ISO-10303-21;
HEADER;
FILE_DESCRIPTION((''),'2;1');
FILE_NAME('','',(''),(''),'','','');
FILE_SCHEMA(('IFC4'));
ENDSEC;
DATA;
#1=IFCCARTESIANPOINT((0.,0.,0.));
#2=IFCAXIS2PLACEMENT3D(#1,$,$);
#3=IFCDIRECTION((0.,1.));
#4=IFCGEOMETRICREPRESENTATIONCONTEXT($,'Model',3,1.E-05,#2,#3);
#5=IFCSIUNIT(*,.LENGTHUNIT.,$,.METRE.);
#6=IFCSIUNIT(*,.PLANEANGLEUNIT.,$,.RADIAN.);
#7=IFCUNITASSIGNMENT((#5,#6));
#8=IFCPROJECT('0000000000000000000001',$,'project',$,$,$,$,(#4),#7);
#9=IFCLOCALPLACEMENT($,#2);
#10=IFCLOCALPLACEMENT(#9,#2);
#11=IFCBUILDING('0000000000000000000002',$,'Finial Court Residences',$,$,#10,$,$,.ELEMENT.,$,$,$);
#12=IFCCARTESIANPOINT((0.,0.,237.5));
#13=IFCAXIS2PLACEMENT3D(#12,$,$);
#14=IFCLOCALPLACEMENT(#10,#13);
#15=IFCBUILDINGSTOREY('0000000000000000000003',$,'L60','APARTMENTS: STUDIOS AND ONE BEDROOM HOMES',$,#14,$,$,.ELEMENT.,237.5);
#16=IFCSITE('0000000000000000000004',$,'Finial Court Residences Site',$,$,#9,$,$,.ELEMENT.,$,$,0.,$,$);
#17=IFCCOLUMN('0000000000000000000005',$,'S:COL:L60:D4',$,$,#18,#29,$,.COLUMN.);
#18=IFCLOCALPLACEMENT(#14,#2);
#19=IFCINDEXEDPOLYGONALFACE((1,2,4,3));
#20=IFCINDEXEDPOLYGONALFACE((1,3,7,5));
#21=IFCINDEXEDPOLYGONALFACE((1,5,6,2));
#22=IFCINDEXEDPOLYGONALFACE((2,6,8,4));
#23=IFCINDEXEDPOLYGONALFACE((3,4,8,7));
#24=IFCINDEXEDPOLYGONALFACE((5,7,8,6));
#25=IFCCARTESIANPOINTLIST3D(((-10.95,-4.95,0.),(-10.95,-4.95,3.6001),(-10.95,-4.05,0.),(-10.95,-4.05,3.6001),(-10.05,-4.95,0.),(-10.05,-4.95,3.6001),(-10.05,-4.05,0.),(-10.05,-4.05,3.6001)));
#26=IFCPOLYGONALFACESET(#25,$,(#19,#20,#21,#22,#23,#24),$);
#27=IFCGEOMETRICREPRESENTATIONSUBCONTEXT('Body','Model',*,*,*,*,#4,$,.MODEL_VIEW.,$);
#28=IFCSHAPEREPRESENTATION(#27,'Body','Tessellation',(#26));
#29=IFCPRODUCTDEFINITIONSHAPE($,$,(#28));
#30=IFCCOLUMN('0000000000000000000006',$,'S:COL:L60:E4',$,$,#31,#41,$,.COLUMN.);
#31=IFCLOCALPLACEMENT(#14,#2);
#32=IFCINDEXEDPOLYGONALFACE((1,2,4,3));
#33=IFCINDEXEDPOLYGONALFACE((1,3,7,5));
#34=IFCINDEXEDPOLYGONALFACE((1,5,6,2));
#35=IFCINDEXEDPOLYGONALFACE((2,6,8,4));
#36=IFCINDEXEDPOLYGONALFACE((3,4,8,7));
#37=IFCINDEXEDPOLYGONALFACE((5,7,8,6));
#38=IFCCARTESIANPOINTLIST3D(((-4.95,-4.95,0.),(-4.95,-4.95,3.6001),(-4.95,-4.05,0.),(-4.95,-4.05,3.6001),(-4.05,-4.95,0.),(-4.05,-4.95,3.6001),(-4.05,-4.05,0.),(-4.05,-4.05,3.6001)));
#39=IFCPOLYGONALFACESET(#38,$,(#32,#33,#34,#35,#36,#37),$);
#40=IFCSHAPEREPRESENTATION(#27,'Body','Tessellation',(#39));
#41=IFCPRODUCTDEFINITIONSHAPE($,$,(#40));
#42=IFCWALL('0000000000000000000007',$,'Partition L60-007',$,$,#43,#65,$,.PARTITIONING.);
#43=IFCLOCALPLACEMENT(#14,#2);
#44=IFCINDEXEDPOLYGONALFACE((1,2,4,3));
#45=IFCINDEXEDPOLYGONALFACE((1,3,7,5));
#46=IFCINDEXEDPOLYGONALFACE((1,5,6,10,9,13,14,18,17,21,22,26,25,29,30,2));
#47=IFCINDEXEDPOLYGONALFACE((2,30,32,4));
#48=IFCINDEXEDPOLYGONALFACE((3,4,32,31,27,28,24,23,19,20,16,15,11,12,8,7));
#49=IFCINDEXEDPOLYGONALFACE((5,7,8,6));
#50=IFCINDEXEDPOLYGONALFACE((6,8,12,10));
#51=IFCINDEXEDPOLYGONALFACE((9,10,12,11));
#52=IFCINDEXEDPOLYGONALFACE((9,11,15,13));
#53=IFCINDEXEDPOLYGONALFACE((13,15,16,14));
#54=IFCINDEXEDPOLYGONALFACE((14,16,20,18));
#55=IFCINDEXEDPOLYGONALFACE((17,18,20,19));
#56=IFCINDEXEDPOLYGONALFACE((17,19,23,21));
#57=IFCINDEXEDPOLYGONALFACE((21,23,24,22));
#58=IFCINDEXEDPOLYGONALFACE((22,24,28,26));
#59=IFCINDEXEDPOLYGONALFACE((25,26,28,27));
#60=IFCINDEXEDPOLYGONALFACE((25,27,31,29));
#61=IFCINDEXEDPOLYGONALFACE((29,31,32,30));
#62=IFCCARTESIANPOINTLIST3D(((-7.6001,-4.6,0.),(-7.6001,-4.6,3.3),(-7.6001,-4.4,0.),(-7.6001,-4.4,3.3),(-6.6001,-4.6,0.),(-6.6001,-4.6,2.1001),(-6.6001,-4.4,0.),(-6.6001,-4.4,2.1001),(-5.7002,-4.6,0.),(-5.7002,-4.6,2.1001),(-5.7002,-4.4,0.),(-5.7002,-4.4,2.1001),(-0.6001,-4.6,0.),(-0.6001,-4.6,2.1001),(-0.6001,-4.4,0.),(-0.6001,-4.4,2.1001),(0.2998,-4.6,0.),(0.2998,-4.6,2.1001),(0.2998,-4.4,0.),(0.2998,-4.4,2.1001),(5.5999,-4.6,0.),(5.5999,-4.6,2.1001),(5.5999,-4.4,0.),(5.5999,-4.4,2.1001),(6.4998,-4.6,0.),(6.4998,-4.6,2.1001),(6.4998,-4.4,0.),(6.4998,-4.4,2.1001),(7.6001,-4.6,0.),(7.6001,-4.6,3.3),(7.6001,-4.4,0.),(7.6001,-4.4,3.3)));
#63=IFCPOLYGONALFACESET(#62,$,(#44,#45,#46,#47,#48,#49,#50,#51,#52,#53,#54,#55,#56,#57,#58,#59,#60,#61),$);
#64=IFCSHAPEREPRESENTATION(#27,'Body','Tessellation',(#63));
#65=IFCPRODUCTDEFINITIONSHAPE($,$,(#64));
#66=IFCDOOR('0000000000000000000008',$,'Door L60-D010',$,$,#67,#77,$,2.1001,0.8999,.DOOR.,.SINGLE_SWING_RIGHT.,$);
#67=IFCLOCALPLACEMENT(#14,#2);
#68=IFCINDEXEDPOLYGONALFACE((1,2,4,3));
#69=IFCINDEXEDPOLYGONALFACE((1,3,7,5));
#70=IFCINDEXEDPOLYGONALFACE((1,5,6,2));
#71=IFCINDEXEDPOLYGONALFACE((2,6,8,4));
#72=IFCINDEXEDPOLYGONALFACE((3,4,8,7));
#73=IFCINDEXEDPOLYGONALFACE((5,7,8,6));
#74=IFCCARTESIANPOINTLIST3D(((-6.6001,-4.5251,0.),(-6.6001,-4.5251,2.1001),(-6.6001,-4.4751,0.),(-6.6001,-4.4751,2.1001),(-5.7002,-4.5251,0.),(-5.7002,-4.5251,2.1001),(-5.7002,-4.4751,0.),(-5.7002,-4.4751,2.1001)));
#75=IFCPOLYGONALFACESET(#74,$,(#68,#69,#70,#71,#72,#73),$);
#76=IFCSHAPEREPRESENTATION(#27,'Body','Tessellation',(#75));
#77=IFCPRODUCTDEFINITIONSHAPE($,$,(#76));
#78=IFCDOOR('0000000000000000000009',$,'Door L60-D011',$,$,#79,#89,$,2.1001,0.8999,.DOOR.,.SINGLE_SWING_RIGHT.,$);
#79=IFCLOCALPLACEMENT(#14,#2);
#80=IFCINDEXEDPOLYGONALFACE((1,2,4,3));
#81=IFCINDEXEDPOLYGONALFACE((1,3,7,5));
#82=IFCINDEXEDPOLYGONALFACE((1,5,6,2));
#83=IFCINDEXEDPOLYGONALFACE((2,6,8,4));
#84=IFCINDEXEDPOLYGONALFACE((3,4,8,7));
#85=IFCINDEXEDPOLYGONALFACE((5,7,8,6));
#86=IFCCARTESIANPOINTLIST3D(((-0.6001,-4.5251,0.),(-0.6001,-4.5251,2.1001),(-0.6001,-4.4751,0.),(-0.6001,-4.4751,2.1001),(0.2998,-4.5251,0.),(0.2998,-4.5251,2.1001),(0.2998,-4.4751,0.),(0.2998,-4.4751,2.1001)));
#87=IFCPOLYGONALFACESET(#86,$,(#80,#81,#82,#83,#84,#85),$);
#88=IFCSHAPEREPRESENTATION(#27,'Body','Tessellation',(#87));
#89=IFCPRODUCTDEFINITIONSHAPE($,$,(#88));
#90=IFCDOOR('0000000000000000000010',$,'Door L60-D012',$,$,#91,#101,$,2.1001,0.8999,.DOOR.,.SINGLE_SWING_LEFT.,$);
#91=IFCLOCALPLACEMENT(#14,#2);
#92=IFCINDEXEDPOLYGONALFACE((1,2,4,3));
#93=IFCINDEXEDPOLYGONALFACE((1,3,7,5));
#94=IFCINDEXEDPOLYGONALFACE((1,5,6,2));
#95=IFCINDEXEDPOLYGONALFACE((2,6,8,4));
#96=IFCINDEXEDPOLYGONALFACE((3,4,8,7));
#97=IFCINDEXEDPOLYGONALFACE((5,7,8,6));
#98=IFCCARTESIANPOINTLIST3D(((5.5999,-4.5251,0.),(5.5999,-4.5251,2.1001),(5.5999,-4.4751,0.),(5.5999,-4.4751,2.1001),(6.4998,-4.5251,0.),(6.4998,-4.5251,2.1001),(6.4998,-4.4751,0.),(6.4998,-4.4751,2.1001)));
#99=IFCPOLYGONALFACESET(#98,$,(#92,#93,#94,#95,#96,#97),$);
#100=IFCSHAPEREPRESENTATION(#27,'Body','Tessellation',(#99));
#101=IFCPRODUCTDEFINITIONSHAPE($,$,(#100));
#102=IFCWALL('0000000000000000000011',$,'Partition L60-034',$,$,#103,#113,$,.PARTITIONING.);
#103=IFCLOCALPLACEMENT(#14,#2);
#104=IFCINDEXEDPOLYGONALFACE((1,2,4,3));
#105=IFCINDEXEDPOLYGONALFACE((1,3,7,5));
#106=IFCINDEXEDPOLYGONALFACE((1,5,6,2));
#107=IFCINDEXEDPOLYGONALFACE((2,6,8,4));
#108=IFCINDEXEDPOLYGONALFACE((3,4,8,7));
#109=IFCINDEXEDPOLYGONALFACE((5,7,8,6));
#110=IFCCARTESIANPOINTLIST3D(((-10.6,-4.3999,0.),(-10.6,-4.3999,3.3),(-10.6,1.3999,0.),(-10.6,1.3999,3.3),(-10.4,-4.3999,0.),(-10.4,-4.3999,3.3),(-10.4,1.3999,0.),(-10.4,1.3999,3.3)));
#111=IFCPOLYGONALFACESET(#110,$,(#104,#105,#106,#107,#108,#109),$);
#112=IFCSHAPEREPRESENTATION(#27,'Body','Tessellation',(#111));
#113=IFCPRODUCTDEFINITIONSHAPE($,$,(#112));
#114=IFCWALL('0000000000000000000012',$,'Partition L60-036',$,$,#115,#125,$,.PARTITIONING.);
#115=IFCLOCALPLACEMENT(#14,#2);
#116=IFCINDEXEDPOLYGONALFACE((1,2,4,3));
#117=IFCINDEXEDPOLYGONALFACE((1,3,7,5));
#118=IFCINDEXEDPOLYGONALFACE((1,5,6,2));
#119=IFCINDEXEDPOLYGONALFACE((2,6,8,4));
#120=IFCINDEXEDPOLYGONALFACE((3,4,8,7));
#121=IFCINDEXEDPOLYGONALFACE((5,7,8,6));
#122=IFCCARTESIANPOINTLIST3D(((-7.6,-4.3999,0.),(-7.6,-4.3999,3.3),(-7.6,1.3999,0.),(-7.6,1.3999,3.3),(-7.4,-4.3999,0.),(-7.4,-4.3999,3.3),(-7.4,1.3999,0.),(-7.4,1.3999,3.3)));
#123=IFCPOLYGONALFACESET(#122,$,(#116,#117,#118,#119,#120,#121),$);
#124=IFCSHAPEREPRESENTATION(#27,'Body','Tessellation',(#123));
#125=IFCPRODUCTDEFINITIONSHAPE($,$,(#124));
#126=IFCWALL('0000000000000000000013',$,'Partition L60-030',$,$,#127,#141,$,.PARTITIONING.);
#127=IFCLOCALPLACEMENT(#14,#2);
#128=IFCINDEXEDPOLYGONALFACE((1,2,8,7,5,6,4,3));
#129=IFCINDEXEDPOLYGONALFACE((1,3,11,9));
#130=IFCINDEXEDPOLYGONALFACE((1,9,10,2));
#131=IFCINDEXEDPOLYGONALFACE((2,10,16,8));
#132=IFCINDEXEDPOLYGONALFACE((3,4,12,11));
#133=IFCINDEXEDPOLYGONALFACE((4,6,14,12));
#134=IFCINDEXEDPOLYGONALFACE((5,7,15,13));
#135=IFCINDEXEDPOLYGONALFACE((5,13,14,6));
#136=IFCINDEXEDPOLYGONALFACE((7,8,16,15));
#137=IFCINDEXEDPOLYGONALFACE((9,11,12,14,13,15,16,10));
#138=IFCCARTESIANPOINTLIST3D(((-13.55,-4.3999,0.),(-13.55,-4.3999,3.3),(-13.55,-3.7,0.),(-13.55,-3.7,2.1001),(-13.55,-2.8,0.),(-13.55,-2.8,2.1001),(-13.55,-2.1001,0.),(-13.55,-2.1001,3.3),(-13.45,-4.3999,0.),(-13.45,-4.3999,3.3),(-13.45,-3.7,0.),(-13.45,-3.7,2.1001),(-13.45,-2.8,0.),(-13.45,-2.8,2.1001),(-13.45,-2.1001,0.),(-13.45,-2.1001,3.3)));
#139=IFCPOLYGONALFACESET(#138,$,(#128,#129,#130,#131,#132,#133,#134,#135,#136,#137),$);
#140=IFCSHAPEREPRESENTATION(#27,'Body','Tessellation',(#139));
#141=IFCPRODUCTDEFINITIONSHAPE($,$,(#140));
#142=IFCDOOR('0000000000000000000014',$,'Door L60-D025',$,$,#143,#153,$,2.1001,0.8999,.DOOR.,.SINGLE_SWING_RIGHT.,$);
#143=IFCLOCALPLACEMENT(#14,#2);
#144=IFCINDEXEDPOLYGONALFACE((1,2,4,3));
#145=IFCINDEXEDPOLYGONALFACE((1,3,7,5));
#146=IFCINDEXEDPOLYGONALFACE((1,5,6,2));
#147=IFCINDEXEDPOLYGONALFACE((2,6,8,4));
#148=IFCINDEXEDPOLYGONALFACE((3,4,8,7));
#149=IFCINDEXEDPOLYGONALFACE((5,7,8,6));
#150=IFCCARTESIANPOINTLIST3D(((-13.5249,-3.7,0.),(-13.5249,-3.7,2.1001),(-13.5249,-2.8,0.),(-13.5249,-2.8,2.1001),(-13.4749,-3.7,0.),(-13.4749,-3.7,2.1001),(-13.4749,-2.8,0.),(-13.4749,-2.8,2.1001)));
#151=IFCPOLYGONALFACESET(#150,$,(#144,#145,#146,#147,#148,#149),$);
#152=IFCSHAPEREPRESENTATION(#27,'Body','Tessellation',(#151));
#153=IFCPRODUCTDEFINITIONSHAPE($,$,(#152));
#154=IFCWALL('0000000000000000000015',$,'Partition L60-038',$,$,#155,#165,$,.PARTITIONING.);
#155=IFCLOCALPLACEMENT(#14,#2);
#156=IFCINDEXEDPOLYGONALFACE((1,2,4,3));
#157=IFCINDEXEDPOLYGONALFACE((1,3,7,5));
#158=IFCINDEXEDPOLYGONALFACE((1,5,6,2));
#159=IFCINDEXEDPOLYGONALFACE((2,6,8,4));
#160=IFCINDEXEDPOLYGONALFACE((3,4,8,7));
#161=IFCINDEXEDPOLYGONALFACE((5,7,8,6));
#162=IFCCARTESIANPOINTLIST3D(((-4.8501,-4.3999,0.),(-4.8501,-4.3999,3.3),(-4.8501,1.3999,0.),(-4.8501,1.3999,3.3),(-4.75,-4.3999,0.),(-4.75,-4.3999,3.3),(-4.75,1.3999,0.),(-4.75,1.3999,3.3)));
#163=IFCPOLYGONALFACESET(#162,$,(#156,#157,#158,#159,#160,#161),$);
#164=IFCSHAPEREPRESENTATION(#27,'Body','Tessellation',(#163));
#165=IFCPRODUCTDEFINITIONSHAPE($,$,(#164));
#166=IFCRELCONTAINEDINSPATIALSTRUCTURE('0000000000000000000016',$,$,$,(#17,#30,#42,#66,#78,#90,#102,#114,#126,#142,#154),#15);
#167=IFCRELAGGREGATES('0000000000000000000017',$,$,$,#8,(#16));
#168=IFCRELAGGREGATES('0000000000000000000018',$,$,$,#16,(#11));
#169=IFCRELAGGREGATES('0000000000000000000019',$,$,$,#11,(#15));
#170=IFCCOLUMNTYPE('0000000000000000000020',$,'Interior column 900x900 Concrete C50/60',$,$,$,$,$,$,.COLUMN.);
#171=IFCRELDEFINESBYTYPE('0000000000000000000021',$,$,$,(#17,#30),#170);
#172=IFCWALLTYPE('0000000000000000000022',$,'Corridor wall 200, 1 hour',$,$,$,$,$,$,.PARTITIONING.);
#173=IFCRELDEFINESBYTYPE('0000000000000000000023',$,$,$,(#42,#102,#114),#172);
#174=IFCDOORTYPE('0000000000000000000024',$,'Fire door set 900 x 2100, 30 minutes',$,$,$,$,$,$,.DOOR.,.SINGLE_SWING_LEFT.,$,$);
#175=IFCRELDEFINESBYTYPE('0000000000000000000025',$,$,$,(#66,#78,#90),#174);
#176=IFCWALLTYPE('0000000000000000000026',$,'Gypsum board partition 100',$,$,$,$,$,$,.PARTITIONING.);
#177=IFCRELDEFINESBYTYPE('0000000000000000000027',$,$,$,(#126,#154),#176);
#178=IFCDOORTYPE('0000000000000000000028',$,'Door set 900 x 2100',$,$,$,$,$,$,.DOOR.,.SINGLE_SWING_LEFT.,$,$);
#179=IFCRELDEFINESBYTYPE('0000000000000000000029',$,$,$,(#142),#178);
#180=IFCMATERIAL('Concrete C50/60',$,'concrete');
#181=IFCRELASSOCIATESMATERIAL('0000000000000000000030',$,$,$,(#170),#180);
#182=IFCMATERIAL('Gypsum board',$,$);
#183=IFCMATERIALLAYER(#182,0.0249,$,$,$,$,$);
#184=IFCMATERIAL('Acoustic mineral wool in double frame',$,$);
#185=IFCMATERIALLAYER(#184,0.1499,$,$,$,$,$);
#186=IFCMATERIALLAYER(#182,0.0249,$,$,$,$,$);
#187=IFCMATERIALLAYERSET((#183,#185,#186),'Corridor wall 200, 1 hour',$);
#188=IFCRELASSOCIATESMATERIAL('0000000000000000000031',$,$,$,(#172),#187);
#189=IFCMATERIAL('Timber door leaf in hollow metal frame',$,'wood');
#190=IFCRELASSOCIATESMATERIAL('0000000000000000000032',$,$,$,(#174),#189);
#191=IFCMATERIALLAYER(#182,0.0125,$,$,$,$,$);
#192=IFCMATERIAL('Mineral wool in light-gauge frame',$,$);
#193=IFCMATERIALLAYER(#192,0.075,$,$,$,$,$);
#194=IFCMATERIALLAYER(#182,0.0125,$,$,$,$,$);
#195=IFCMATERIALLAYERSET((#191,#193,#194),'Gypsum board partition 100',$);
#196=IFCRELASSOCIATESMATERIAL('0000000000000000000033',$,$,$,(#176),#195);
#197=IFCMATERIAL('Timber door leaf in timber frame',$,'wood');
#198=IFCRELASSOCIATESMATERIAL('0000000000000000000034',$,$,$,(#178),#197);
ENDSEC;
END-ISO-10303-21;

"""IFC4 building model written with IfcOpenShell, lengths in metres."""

from ifc_helpers import new_model, si_unit, direction, frame, frame_2d, origin, origin_2d, place, context, subcontext, project, spatial, rectangle, extrude, material, layer, layer_set, material_profile, profile_set, type_object, element, fill, save


model = new_model("IFC4")

# Units and contexts
model_context = context("Model", 3, precision=1e-05, world=origin(), true_north=direction((0.0, 1.0)))
body_context = subcontext(model_context, "Body", "Model", "MODEL_VIEW")
ifc_project = project(units=[si_unit("LENGTHUNIT", "METRE"), si_unit("PLANEANGLEUNIT", "RADIAN")], contexts=[model_context])

# Site, building, storey
site_placement = place(None, origin())
site = spatial("IfcSite", under=ifc_project, at=site_placement, Name="Finial Court Residences Site", CompositionType="ELEMENT", RefElevation=0.0)
building_placement = place(site_placement, origin())
building = spatial("IfcBuilding", under=site, at=building_placement, Name="Finial Court Residences", CompositionType="ELEMENT")
storey_placement = place(building_placement, frame((0.0, 0.0, 237.5)))
storey = spatial("IfcBuildingStorey", under=building, at=storey_placement, Name="L60", Description="APARTMENTS: STUDIOS AND ONE BEDROOM HOMES", CompositionType="ELEMENT", Elevation=237.5)

# Columns
ifc_material_1 = material(Name="Concrete C50/60", Category="concrete")
ifc_material_profile = material_profile(ifc_material_1, rectangle(XDim=0.8999, YDim=0.8999, at=origin_2d()), Name="900x900")
ifc_profile_set = profile_set([ifc_material_profile], Name="Concrete C50/60")
column_type = type_object("IfcColumnType", Name="Interior column 900x900 Concrete C50/60", PredefinedType="COLUMN", material=ifc_profile_set)
for number, where, z_axis, x_axis, name in (
    (1, (-10.5, -4.5, 0.0), (0.0, 0.0, 1.0), (1.0, 0.0, 0.0), "S:COL:L60:D4"),
    (2, (-4.5, -4.5, 0.0), (0.0, 0.0, 1.0), (1.0, 0.0, 0.0), "S:COL:L60:E4"),
):
    element("IfcColumn", number, at=place(storey_placement, frame(where, z_axis=z_axis, x_axis=x_axis)), inside=storey, type_object=column_type, Name=name, PredefinedType="COLUMN", context=body_context, shape_type="SweptSolid", body=[
        extrude(rectangle(XDim=0.8999, YDim=0.8999, at=origin_2d()), origin(), (0.0, 0.0, 1.0), 3.6001),
    ])

# Wall, openings, doors
ifc_material_2 = material(Name="Gypsum board")
ifc_layer_1 = layer(ifc_material_2, 0.0249)
ifc_material_3 = material(Name="Acoustic mineral wool in double frame")
ifc_layer_2 = layer(ifc_material_3, 0.1499)
ifc_layer_3 = layer(ifc_material_2, 0.0249)
ifc_layer_set_1 = layer_set([ifc_layer_1, ifc_layer_2, ifc_layer_3], Name="Corridor wall 200, 1 hour")
wall_type_1 = type_object("IfcWallType", Name="Corridor wall 200, 1 hour", PredefinedType="PARTITIONING", material=ifc_layer_set_1)
wall_1_placement = place(storey_placement, frame((-7.6001, -4.5, 0.0), z_axis=(0.0, 0.0, 1.0), x_axis=(1.0, 0.0, 0.0)))
wall_1 = element("IfcWall", 3, at=wall_1_placement, inside=storey, type_object=wall_type_1, Name="Partition L60-007", PredefinedType="PARTITIONING", context=body_context, shape_type="SweptSolid", body=[
    extrude(rectangle(XDim=15.2002, YDim=0.2, at=frame_2d((7.6001, 0.0))), origin(), (0.0, 0.0, 1.0), 3.3),
])
opening_1_placement = place(wall_1_placement, frame((1.0, 0.0, 0.0)))
opening_1 = element("IfcOpeningElement", 4, at=opening_1_placement, cuts=wall_1, PredefinedType="OPENING", context=body_context, shape_type="SweptSolid", body=[
    extrude(rectangle(XDim=0.8999, YDim=2.1001, at=frame_2d((0.45, 1.05))), frame((0.0, 0.1099, 0.0), z_axis=(0.0, -1.0, 0.0), x_axis=(1.0, 0.0, 0.0)), (0.0, 0.0, 1.0), 0.22),
])
opening_2_placement = place(wall_1_placement, frame((7.0, 0.0, 0.0)))
opening_2 = element("IfcOpeningElement", 5, at=opening_2_placement, cuts=wall_1, PredefinedType="OPENING", context=body_context, shape_type="SweptSolid", body=[
    extrude(rectangle(XDim=0.8999, YDim=2.1001, at=frame_2d((0.45, 1.05))), frame((0.0, 0.1099, 0.0), z_axis=(0.0, -1.0, 0.0), x_axis=(1.0, 0.0, 0.0)), (0.0, 0.0, 1.0), 0.22),
])
opening_3_placement = place(wall_1_placement, frame((13.2, 0.0, 0.0)))
opening_3 = element("IfcOpeningElement", 6, at=opening_3_placement, cuts=wall_1, PredefinedType="OPENING", context=body_context, shape_type="SweptSolid", body=[
    extrude(rectangle(XDim=0.8999, YDim=2.1001, at=frame_2d((0.45, 1.05))), frame((0.0, 0.1099, 0.0), z_axis=(0.0, -1.0, 0.0), x_axis=(1.0, 0.0, 0.0)), (0.0, 0.0, 1.0), 0.22),
])
ifc_material_4 = material(Name="Timber door leaf in hollow metal frame", Category="wood")
door_type_1 = type_object("IfcDoorType", Name="Fire door set 900 x 2100, 30 minutes", OperationType="SINGLE_SWING_LEFT", PredefinedType="DOOR", material=ifc_material_4)
door_1_placement = place(opening_1_placement, origin())
door_1 = element("IfcDoor", 7, at=door_1_placement, inside=storey, type_object=door_type_1, Name="Door L60-D010", OperationType="SINGLE_SWING_RIGHT", OverallHeight=2.1001, OverallWidth=0.8999, PredefinedType="DOOR", context=body_context, shape_type="SweptSolid", body=[
    extrude(rectangle(XDim=0.8999, YDim=2.1001, at=frame_2d((0.45, 1.05))), frame((0.0, 0.0249, 0.0), z_axis=(0.0, -1.0, 0.0), x_axis=(1.0, 0.0, 0.0)), (0.0, 0.0, 1.0), 0.05),
])
fill(opening_1, door_1)
door_2_placement = place(opening_2_placement, origin())
door_2 = element("IfcDoor", 8, at=door_2_placement, inside=storey, type_object=door_type_1, Name="Door L60-D011", OperationType="SINGLE_SWING_RIGHT", OverallHeight=2.1001, OverallWidth=0.8999, PredefinedType="DOOR", context=body_context, shape_type="SweptSolid", body=[
    extrude(rectangle(XDim=0.8999, YDim=2.1001, at=frame_2d((0.45, 1.05))), frame((0.0, 0.0249, 0.0), z_axis=(0.0, -1.0, 0.0), x_axis=(1.0, 0.0, 0.0)), (0.0, 0.0, 1.0), 0.05),
])
fill(opening_2, door_2)
door_3_placement = place(opening_3_placement, origin())
door_3 = element("IfcDoor", 9, at=door_3_placement, inside=storey, type_object=door_type_1, Name="Door L60-D012", OperationType="SINGLE_SWING_LEFT", OverallHeight=2.1001, OverallWidth=0.8999, PredefinedType="DOOR", context=body_context, shape_type="SweptSolid", body=[
    extrude(rectangle(XDim=0.8999, YDim=2.1001, at=frame_2d((0.45, 1.05))), frame((0.0, 0.0249, 0.0), z_axis=(0.0, -1.0, 0.0), x_axis=(1.0, 0.0, 0.0)), (0.0, 0.0, 1.0), 0.05),
])
fill(opening_3, door_3)

# Walls
for number, where, z_axis, x_axis, name in (
    (10, (-10.5, -4.3999, 0.0), (0.0, 0.0, 1.0), (0.0, 1.0, 0.0), "Partition L60-034"),
    (11, (-7.5, -4.3999, 0.0), (0.0, 0.0, 1.0), (0.0, 1.0, 0.0), "Partition L60-036"),
):
    element("IfcWall", number, at=place(storey_placement, frame(where, z_axis=z_axis, x_axis=x_axis)), inside=storey, type_object=wall_type_1, Name=name, PredefinedType="PARTITIONING", context=body_context, shape_type="SweptSolid", body=[
        extrude(rectangle(XDim=5.7998, YDim=0.2, at=frame_2d((2.8999, 0.0))), origin(), (0.0, 0.0, 1.0), 3.3),
    ])

# Wall, opening, door
ifc_layer_4 = layer(ifc_material_2, 0.0125)
ifc_material_5 = material(Name="Mineral wool in light-gauge frame")
ifc_layer_5 = layer(ifc_material_5, 0.075)
ifc_layer_6 = layer(ifc_material_2, 0.0125)
ifc_layer_set_2 = layer_set([ifc_layer_4, ifc_layer_5, ifc_layer_6], Name="Gypsum board partition 100")
wall_type_2 = type_object("IfcWallType", Name="Gypsum board partition 100", PredefinedType="PARTITIONING", material=ifc_layer_set_2)
wall_2_placement = place(storey_placement, frame((-13.5, -4.3999, 0.0), z_axis=(0.0, 0.0, 1.0), x_axis=(0.0, 1.0, 0.0)))
wall_2 = element("IfcWall", 12, at=wall_2_placement, inside=storey, type_object=wall_type_2, Name="Partition L60-030", PredefinedType="PARTITIONING", context=body_context, shape_type="SweptSolid", body=[
    extrude(rectangle(XDim=2.2998, YDim=0.1001, at=frame_2d((1.1499, 0.0))), origin(), (0.0, 0.0, 1.0), 3.3),
])
opening_4_placement = place(wall_2_placement, frame((0.7, 0.0, 0.0)))
opening_4 = element("IfcOpeningElement", 13, at=opening_4_placement, cuts=wall_2, PredefinedType="OPENING", context=body_context, shape_type="SweptSolid", body=[
    extrude(rectangle(XDim=0.8999, YDim=2.1001, at=frame_2d((0.45, 1.05))), frame((0.0, 0.0601, 0.0), z_axis=(0.0, -1.0, 0.0), x_axis=(1.0, 0.0, 0.0)), (0.0, 0.0, 1.0), 0.1201),
])
ifc_material_6 = material(Name="Timber door leaf in timber frame", Category="wood")
door_type_2 = type_object("IfcDoorType", Name="Door set 900 x 2100", OperationType="SINGLE_SWING_LEFT", PredefinedType="DOOR", material=ifc_material_6)
door_4_placement = place(opening_4_placement, origin())
door_4 = element("IfcDoor", 14, at=door_4_placement, inside=storey, type_object=door_type_2, Name="Door L60-D025", OperationType="SINGLE_SWING_RIGHT", OverallHeight=2.1001, OverallWidth=0.8999, PredefinedType="DOOR", context=body_context, shape_type="SweptSolid", body=[
    extrude(rectangle(XDim=0.8999, YDim=2.1001, at=frame_2d((0.45, 1.05))), frame((0.0, 0.0249, 0.0), z_axis=(0.0, -1.0, 0.0), x_axis=(1.0, 0.0, 0.0)), (0.0, 0.0, 1.0), 0.05),
])
fill(opening_4, door_4)

# Wall
wall_3_placement = place(storey_placement, frame((-4.8, -4.3999, 0.0), z_axis=(0.0, 0.0, 1.0), x_axis=(0.0, 1.0, 0.0)))
element("IfcWall", 15, at=wall_3_placement, inside=storey, type_object=wall_type_2, Name="Partition L60-038", PredefinedType="PARTITIONING", context=body_context, shape_type="SweptSolid", body=[
    extrude(rectangle(XDim=5.7998, YDim=0.1001, at=frame_2d((2.8999, 0.0))), origin(), (0.0, 0.0, 1.0), 3.3),
])

save(model, "model.ifc")
